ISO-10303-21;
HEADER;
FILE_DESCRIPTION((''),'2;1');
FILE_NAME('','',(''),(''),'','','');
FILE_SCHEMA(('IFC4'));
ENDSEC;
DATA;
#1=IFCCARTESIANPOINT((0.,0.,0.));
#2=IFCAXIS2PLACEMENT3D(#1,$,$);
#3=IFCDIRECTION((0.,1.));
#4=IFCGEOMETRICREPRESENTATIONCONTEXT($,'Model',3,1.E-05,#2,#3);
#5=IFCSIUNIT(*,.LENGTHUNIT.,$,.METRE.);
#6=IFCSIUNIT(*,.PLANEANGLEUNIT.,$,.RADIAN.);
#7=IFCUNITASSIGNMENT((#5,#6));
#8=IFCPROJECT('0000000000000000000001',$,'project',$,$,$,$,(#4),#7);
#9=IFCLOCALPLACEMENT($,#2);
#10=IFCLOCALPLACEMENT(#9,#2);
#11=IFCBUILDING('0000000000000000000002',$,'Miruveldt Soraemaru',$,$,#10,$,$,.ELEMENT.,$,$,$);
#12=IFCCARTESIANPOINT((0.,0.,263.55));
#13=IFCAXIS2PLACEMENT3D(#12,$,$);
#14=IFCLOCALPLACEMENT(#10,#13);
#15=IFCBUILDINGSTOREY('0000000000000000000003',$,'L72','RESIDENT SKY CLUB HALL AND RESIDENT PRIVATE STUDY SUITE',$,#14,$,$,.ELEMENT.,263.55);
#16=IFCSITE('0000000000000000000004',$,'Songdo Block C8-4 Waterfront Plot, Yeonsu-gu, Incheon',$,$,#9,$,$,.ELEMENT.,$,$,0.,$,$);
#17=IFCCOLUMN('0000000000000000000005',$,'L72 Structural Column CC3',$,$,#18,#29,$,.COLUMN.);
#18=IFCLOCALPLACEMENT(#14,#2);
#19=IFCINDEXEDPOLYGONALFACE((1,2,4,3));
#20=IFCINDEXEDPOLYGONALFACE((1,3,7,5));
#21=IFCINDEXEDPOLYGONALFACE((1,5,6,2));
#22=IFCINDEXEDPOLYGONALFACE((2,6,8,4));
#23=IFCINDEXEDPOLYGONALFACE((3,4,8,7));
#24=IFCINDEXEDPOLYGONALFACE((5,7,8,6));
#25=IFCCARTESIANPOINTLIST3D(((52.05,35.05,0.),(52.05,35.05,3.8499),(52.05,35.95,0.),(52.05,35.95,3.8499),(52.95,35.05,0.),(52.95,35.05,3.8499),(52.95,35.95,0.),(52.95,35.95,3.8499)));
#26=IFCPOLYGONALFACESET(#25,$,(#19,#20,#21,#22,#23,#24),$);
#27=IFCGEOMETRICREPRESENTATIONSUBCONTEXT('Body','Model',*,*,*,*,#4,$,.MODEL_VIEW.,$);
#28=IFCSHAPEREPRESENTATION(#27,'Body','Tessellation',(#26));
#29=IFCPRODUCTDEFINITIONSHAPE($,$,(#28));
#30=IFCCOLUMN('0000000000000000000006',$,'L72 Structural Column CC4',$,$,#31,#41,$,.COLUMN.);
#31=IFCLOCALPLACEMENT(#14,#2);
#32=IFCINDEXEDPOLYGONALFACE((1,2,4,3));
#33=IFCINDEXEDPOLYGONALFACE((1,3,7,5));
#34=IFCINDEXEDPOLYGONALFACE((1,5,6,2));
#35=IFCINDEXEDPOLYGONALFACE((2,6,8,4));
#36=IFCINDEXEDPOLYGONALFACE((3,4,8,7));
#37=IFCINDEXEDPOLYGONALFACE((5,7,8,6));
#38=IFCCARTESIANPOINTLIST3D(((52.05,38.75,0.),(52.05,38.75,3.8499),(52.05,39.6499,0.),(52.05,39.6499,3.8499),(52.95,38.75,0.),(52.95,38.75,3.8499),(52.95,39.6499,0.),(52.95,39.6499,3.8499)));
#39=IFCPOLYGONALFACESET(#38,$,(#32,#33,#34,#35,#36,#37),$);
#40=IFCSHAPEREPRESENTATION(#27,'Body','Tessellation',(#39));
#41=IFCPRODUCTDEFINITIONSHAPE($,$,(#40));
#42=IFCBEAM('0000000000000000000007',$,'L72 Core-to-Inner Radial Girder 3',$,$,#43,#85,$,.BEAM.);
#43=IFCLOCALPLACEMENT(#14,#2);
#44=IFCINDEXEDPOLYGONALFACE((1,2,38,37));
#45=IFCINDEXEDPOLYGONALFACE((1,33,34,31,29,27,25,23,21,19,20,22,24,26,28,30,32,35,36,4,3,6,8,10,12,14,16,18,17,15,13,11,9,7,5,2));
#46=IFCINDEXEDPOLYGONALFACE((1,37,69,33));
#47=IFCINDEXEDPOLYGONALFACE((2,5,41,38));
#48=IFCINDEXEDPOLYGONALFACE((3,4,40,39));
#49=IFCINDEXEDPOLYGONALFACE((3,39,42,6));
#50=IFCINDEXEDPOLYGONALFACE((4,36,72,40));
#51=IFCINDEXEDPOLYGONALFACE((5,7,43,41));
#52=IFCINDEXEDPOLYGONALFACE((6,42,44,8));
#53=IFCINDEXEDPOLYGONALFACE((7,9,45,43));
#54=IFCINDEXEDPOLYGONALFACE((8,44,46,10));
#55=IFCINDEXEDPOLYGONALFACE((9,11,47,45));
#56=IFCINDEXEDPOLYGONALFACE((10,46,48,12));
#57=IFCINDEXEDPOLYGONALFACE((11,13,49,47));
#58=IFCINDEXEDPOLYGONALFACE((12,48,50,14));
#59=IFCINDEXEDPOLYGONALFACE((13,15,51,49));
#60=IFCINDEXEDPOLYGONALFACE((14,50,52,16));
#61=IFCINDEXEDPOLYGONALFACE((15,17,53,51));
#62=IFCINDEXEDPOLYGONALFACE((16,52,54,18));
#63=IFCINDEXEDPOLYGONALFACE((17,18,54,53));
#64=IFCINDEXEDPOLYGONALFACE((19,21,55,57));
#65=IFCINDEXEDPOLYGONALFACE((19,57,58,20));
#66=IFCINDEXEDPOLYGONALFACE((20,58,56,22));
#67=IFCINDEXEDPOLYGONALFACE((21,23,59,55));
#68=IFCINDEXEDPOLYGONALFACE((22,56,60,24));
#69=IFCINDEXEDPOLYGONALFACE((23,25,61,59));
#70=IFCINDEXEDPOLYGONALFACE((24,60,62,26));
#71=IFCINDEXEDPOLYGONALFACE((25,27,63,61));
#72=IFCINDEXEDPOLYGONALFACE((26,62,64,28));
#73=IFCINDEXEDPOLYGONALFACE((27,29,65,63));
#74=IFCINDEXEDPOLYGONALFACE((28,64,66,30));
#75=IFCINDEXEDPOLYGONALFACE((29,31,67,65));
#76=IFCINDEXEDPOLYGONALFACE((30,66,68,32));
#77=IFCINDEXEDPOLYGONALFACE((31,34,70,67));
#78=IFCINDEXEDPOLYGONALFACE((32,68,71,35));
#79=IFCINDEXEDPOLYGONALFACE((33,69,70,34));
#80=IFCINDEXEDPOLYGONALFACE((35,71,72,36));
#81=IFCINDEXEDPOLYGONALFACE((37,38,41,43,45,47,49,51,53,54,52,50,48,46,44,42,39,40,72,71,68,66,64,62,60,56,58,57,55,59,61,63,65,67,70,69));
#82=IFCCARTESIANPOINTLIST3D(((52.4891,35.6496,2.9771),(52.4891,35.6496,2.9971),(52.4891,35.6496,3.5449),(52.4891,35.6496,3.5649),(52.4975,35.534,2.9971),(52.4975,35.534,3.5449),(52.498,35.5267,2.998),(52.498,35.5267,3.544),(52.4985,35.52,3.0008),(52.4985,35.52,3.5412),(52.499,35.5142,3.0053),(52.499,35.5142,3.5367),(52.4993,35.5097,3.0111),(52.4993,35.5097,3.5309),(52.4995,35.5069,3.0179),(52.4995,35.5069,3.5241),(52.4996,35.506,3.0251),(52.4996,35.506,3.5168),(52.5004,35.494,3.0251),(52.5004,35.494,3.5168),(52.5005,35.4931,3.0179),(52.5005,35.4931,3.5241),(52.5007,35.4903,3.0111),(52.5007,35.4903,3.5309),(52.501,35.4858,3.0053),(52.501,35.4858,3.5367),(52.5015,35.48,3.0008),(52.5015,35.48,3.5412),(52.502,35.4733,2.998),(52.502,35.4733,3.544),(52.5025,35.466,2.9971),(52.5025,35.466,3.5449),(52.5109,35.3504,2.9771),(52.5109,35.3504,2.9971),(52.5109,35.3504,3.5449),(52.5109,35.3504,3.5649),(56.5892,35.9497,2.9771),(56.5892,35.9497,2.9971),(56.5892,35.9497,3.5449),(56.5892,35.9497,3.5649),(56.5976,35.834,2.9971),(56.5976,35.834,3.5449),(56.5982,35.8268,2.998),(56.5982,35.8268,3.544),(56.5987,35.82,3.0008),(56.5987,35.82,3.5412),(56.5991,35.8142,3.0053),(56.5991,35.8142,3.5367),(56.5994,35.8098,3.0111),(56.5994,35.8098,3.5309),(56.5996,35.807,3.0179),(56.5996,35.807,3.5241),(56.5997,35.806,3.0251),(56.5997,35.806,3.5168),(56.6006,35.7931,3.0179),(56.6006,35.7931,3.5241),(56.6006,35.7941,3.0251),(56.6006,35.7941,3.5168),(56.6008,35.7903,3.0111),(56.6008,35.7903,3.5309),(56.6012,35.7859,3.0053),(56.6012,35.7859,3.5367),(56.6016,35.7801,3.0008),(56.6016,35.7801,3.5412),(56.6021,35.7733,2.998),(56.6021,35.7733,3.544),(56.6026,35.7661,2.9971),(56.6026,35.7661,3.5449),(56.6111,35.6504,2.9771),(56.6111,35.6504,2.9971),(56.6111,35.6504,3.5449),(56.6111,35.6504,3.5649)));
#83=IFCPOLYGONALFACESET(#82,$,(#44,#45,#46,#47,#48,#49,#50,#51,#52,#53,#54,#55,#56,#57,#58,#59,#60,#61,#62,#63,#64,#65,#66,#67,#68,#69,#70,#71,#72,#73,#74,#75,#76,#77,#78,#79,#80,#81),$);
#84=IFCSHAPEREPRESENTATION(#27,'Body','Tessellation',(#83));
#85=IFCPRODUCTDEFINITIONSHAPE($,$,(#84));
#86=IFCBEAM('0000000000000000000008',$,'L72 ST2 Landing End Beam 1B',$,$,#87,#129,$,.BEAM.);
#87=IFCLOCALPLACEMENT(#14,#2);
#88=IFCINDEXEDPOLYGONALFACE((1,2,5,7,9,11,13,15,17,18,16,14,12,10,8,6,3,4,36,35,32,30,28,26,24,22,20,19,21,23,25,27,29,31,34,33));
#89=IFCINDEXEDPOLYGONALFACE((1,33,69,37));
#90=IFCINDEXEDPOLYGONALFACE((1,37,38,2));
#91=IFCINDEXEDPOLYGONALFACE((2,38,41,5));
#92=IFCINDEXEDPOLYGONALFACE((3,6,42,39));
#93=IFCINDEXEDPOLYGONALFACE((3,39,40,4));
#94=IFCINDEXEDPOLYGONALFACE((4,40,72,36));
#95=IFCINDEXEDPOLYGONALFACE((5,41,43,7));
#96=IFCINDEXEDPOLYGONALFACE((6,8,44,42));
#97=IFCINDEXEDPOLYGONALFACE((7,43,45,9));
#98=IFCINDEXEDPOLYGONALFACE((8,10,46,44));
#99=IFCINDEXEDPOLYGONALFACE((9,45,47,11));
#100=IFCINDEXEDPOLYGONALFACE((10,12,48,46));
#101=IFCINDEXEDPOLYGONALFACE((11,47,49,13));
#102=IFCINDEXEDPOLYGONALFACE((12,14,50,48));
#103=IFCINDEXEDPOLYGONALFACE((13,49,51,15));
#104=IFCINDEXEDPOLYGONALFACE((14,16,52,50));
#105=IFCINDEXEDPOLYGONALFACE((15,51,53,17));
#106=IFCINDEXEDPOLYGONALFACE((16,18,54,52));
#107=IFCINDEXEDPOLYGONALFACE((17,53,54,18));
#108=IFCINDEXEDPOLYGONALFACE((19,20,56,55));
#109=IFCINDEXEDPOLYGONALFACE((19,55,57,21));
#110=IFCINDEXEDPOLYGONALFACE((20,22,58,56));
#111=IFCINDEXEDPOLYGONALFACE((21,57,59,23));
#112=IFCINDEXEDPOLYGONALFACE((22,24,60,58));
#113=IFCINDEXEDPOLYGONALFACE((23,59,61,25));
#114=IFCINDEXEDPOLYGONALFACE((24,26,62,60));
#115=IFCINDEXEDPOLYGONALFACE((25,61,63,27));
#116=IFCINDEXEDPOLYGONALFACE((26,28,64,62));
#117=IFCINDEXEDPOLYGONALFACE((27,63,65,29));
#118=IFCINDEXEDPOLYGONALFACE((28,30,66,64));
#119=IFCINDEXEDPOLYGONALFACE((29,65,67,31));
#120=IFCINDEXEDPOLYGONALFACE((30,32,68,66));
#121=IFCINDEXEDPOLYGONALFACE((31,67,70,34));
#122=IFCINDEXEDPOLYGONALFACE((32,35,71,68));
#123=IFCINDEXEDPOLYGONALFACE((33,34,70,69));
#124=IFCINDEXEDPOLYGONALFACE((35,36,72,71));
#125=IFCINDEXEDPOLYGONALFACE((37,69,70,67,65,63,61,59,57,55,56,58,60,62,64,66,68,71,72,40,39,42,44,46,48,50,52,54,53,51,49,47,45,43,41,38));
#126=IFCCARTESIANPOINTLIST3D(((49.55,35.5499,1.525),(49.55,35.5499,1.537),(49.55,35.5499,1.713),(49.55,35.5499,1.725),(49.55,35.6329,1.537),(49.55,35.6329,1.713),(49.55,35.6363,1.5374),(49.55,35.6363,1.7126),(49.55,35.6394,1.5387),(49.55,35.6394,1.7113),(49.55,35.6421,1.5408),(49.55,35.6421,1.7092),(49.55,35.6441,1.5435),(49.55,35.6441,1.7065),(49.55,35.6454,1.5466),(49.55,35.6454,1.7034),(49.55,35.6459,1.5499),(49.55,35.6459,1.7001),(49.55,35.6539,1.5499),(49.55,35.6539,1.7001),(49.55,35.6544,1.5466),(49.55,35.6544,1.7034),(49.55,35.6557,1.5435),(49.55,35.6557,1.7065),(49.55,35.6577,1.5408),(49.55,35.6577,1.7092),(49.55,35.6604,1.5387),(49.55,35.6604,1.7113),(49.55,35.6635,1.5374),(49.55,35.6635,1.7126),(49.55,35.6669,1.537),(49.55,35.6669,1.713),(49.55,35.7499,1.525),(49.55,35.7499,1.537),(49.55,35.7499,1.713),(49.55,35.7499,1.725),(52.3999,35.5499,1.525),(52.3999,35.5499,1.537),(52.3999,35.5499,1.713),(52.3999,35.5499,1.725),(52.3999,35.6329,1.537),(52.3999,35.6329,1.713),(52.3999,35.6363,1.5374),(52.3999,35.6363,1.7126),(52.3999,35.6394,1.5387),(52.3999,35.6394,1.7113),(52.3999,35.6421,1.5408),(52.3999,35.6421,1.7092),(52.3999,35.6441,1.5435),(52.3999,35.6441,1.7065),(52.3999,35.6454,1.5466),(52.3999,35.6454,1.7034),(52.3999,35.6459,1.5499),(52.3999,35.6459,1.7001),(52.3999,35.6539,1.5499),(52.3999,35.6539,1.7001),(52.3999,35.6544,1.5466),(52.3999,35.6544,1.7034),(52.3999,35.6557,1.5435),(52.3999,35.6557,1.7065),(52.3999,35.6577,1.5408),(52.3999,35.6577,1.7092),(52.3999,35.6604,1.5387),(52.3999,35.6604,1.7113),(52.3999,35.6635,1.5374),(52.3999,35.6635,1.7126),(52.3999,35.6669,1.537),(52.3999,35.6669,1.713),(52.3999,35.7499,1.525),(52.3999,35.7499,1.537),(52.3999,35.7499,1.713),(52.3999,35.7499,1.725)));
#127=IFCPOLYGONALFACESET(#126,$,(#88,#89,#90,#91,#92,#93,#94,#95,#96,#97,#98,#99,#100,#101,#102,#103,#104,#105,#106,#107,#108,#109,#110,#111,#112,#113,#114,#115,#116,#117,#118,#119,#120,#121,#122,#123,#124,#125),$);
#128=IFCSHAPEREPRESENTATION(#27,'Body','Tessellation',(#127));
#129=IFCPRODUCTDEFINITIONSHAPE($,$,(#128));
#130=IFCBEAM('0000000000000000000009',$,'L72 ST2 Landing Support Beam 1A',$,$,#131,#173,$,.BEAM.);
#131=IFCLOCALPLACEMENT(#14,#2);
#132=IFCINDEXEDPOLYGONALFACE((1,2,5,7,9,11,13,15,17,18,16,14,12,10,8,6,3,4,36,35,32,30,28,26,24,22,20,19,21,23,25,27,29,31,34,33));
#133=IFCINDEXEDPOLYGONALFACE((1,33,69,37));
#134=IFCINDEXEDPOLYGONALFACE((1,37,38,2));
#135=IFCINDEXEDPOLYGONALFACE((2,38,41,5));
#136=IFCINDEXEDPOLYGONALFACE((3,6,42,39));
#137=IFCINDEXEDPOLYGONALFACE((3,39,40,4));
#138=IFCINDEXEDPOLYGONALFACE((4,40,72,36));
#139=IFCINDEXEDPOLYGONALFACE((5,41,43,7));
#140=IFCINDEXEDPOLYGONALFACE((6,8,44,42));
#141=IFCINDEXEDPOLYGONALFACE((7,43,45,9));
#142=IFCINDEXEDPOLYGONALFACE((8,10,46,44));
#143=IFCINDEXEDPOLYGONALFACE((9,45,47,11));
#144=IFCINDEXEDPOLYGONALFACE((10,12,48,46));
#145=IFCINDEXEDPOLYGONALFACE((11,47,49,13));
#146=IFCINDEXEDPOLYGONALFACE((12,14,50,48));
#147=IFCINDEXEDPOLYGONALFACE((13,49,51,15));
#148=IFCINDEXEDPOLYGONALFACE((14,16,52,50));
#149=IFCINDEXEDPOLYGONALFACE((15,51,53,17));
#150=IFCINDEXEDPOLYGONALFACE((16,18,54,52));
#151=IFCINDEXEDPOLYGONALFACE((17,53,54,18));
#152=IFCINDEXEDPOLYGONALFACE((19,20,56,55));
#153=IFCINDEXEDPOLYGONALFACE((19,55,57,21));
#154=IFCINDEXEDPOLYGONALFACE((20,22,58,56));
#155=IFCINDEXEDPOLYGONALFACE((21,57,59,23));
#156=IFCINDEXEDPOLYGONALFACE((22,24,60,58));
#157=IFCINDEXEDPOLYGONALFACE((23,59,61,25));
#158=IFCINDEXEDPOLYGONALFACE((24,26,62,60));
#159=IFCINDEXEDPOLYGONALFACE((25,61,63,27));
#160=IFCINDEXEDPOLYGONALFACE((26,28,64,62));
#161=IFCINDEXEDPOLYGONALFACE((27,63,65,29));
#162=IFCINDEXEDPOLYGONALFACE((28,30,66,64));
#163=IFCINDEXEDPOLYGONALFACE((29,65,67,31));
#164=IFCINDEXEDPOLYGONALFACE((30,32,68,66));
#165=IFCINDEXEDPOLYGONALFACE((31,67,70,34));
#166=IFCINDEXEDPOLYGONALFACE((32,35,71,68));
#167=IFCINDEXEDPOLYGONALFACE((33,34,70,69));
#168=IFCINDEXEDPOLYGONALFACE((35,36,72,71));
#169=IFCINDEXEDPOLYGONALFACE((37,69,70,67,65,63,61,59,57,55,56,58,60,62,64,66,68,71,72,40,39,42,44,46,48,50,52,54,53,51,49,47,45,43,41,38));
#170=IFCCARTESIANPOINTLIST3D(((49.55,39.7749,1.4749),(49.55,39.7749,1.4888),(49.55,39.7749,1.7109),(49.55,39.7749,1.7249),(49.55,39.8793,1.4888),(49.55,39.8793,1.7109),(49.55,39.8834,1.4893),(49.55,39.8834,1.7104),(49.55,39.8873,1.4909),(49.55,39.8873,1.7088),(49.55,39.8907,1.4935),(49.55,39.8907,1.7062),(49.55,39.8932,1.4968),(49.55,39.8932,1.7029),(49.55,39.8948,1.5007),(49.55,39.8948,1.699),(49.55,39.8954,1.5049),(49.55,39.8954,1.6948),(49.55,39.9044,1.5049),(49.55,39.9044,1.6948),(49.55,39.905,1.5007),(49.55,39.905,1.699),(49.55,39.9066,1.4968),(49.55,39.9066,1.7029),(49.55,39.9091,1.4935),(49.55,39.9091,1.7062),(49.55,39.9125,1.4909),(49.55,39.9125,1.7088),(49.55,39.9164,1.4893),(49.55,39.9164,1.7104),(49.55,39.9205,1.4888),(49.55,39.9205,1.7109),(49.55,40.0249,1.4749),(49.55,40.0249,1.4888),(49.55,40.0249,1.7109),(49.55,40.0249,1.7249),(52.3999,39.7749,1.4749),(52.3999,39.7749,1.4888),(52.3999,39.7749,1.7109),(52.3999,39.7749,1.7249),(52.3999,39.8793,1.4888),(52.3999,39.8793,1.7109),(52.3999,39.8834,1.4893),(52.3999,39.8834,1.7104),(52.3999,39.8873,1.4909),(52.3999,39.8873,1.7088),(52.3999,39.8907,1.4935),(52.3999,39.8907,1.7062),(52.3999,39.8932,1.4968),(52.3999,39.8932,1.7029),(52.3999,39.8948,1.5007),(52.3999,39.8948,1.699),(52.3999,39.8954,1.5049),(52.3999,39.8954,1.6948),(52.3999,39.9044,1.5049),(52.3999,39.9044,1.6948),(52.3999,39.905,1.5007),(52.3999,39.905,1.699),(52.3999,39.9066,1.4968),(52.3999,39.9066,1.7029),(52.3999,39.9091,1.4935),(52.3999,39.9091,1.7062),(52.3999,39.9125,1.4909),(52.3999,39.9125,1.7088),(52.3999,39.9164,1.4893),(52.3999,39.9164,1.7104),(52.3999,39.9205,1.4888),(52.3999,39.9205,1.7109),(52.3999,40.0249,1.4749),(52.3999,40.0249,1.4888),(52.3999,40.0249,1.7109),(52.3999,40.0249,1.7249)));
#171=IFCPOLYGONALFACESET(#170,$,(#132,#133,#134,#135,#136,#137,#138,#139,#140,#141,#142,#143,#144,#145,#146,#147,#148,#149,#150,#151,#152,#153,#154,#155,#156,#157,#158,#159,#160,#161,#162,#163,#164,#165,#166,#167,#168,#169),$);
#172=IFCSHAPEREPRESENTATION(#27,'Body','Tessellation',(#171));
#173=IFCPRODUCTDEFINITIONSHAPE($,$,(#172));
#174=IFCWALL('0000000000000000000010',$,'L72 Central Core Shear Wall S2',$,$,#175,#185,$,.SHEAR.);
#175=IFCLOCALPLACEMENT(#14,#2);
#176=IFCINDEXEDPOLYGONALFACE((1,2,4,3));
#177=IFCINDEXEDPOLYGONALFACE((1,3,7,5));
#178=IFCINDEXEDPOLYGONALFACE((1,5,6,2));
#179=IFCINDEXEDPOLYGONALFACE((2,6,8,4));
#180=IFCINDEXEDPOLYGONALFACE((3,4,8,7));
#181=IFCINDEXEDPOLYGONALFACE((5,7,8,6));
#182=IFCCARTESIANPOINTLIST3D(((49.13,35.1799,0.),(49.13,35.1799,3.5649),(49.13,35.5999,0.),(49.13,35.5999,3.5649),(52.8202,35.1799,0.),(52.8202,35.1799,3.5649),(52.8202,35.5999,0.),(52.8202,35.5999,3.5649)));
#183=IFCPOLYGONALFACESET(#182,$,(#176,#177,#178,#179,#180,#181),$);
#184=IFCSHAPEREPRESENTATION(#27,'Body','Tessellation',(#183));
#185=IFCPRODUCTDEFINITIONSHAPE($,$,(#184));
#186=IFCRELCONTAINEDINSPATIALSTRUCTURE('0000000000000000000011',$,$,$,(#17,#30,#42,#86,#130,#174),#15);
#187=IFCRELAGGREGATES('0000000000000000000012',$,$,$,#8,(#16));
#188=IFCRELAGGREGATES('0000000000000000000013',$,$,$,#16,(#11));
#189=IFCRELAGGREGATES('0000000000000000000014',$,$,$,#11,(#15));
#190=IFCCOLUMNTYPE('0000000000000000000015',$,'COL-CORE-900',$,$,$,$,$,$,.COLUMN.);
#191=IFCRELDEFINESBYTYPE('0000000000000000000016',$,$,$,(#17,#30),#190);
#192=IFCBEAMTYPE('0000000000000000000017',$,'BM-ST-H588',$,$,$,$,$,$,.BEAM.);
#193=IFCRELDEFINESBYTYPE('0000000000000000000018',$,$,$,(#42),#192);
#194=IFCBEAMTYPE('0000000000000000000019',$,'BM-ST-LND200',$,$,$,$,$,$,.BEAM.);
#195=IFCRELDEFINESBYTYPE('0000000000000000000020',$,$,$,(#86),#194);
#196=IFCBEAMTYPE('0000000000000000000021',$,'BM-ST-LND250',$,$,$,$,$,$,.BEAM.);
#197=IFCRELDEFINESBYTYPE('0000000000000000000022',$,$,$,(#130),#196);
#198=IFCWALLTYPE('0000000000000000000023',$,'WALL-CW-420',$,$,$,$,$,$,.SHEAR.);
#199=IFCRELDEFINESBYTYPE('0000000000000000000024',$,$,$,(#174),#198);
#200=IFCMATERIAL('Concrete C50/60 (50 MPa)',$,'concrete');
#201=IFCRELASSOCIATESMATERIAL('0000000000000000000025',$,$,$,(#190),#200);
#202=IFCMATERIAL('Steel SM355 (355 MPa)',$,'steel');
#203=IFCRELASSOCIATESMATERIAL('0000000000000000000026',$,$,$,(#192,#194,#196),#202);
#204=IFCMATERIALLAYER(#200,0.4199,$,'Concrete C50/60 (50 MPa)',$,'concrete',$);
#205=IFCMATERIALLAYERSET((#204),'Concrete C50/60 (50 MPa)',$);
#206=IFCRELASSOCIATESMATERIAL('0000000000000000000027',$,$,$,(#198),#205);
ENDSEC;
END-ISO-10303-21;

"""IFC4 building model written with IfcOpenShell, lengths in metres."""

from ifc_helpers import new_model, si_unit, direction, frame, frame_2d, origin, origin_2d, place, context, subcontext, project, spatial, rectangle, i_section, extrude, material, layer, layer_set, material_profile, profile_set, type_object, element, save


model = new_model("IFC4")

# Units and contexts
model_context = context("Model", 3, precision=1e-05, world=origin(), true_north=direction((0.0, 1.0)))
body_context = subcontext(model_context, "Body", "Model", "MODEL_VIEW")
ifc_project = project(units=[si_unit("LENGTHUNIT", "METRE"), si_unit("PLANEANGLEUNIT", "RADIAN")], contexts=[model_context])

# Site, building, storey
site_placement = place(None, origin())
site = spatial("IfcSite", under=ifc_project, at=site_placement, Name="Songdo Block C8-4 Waterfront Plot, Yeonsu-gu, Incheon", CompositionType="ELEMENT", RefElevation=0.0)
building_placement = place(site_placement, origin())
building = spatial("IfcBuilding", under=site, at=building_placement, Name="Miruveldt Soraemaru", CompositionType="ELEMENT")
storey_placement = place(building_placement, frame((0.0, 0.0, 263.55)))
storey = spatial("IfcBuildingStorey", under=building, at=storey_placement, Name="L72", Description="RESIDENT SKY CLUB HALL AND RESIDENT PRIVATE STUDY SUITE", CompositionType="ELEMENT", Elevation=263.55)

# Columns
ifc_material_1 = material(Name="Concrete C50/60 (50 MPa)", Category="concrete")
ifc_material_profile_1 = material_profile(ifc_material_1, rectangle(XDim=0.8999, YDim=0.8999, at=origin_2d()), Name="Concrete C50/60 (50 MPa)", Category="concrete")
ifc_profile_set_1 = profile_set([ifc_material_profile_1], Name="Concrete C50/60 (50 MPa)")
column_type = type_object("IfcColumnType", Name="COL-CORE-900", PredefinedType="COLUMN", material=ifc_profile_set_1)
for number, where, z_axis, x_axis, name in (
    (1, (52.5, 35.5, 0.0), (0.0, 0.0, 1.0), (1.0, 0.0, 0.0), "L72 Structural Column CC3"),
    (2, (52.5, 39.2, 0.0), (0.0, 0.0, 1.0), (1.0, 0.0, 0.0), "L72 Structural Column CC4"),
):
    element("IfcColumn", number, at=place(storey_placement, frame(where, z_axis=z_axis, x_axis=x_axis)), inside=storey, type_object=column_type, Name=name, PredefinedType="COLUMN", context=body_context, shape_type="SweptSolid", body=[
        extrude(rectangle(XDim=0.8999, YDim=0.8999, at=origin_2d()), origin(), (0.0, 0.0, 1.0), 3.8499),
    ])

# Beams
ifc_material_2 = material(Name="Steel SM355 (355 MPa)", Category="steel")
ifc_material_profile_2 = material_profile(ifc_material_2, i_section(OverallWidth=0.3, OverallDepth=0.5879, WebThickness=0.012, FlangeThickness=0.02, FilletRadius=0.0281, at=origin_2d()), Name="Steel SM355 (355 MPa)", Category="steel")
ifc_profile_set_2 = profile_set([ifc_material_profile_2], Name="Steel SM355 (355 MPa)")
beam_type_1 = type_object("IfcBeamType", Name="BM-ST-H588", PredefinedType="BEAM", material=ifc_profile_set_2)
beam_1_placement = place(storey_placement, frame((52.5, 35.5, 3.271), z_axis=(0.997333, 0.072986, 0.0), x_axis=(-0.072986, 0.997333, 0.0)))
element("IfcBeam", 3, at=beam_1_placement, inside=storey, type_object=beam_type_1, Name="L72 Core-to-Inner Radial Girder 3", PredefinedType="BEAM", context=body_context, shape_type="SweptSolid", body=[
    extrude(i_section(OverallWidth=0.3, OverallDepth=0.5879, WebThickness=0.012, FlangeThickness=0.02, FilletRadius=0.0281, at=origin_2d()), origin(), (0.0, 0.0, 1.0), 4.1111),
])
ifc_material_profile_3 = material_profile(ifc_material_2, i_section(OverallWidth=0.2, OverallDepth=0.2, WebThickness=0.0081, FlangeThickness=0.012, FilletRadius=0.0129, at=origin_2d()), Name="Steel SM355 (355 MPa)", Category="steel")
ifc_profile_set_3 = profile_set([ifc_material_profile_3], Name="Steel SM355 (355 MPa)")
beam_type_2 = type_object("IfcBeamType", Name="BM-ST-LND200", PredefinedType="BEAM", material=ifc_profile_set_3)
beam_2_placement = place(storey_placement, frame((49.55, 35.6499, 1.625), z_axis=(1.0, 0.0, 0.0), x_axis=(0.0, 1.0, 0.0)))
element("IfcBeam", 4, at=beam_2_placement, inside=storey, type_object=beam_type_2, Name="L72 ST2 Landing End Beam 1B", PredefinedType="BEAM", context=body_context, shape_type="SweptSolid", body=[
    extrude(i_section(OverallWidth=0.2, OverallDepth=0.2, WebThickness=0.0081, FlangeThickness=0.012, FilletRadius=0.0129, at=origin_2d()), origin(), (0.0, 0.0, 1.0), 2.8499),
])
ifc_material_profile_4 = material_profile(ifc_material_2, i_section(OverallWidth=0.25, OverallDepth=0.25, WebThickness=0.009, FlangeThickness=0.0139, FilletRadius=0.0161, at=origin_2d()), Name="Steel SM355 (355 MPa)", Category="steel")
ifc_profile_set_4 = profile_set([ifc_material_profile_4], Name="Steel SM355 (355 MPa)")
beam_type_3 = type_object("IfcBeamType", Name="BM-ST-LND250", PredefinedType="BEAM", material=ifc_profile_set_4)
beam_3_placement = place(storey_placement, frame((49.55, 39.8999, 1.5999), z_axis=(1.0, 0.0, 0.0), x_axis=(0.0, 1.0, 0.0)))
element("IfcBeam", 5, at=beam_3_placement, inside=storey, type_object=beam_type_3, Name="L72 ST2 Landing Support Beam 1A", PredefinedType="BEAM", context=body_context, shape_type="SweptSolid", body=[
    extrude(i_section(OverallWidth=0.25, OverallDepth=0.25, WebThickness=0.009, FlangeThickness=0.0139, FilletRadius=0.0161, at=origin_2d()), origin(), (0.0, 0.0, 1.0), 2.8499),
])

# Wall
ifc_layer_1 = layer(ifc_material_1, 0.4199, Name="Concrete C50/60 (50 MPa)", Category="concrete")
ifc_layer_set_1 = layer_set([ifc_layer_1], Name="Concrete C50/60 (50 MPa)")
wall_type_1 = type_object("IfcWallType", Name="WALL-CW-420", PredefinedType="SHEAR", material=ifc_layer_set_1)
wall_1_placement = place(storey_placement, frame((49.1299, 35.3899, 0.0), z_axis=(0.0, 0.0, 1.0), x_axis=(1.0, 0.0, 0.0)))
element("IfcWall", 6, at=wall_1_placement, inside=storey, type_object=wall_type_1, Name="L72 Central Core Shear Wall S2", PredefinedType="SHEAR", context=body_context, shape_type="SweptSolid", body=[
    extrude(rectangle(XDim=3.6902, YDim=0.4199, at=frame_2d((1.8452, 0.0))), origin(), (0.0, 0.0, 1.0), 3.5649),
])

save(model, "model.ifc")
